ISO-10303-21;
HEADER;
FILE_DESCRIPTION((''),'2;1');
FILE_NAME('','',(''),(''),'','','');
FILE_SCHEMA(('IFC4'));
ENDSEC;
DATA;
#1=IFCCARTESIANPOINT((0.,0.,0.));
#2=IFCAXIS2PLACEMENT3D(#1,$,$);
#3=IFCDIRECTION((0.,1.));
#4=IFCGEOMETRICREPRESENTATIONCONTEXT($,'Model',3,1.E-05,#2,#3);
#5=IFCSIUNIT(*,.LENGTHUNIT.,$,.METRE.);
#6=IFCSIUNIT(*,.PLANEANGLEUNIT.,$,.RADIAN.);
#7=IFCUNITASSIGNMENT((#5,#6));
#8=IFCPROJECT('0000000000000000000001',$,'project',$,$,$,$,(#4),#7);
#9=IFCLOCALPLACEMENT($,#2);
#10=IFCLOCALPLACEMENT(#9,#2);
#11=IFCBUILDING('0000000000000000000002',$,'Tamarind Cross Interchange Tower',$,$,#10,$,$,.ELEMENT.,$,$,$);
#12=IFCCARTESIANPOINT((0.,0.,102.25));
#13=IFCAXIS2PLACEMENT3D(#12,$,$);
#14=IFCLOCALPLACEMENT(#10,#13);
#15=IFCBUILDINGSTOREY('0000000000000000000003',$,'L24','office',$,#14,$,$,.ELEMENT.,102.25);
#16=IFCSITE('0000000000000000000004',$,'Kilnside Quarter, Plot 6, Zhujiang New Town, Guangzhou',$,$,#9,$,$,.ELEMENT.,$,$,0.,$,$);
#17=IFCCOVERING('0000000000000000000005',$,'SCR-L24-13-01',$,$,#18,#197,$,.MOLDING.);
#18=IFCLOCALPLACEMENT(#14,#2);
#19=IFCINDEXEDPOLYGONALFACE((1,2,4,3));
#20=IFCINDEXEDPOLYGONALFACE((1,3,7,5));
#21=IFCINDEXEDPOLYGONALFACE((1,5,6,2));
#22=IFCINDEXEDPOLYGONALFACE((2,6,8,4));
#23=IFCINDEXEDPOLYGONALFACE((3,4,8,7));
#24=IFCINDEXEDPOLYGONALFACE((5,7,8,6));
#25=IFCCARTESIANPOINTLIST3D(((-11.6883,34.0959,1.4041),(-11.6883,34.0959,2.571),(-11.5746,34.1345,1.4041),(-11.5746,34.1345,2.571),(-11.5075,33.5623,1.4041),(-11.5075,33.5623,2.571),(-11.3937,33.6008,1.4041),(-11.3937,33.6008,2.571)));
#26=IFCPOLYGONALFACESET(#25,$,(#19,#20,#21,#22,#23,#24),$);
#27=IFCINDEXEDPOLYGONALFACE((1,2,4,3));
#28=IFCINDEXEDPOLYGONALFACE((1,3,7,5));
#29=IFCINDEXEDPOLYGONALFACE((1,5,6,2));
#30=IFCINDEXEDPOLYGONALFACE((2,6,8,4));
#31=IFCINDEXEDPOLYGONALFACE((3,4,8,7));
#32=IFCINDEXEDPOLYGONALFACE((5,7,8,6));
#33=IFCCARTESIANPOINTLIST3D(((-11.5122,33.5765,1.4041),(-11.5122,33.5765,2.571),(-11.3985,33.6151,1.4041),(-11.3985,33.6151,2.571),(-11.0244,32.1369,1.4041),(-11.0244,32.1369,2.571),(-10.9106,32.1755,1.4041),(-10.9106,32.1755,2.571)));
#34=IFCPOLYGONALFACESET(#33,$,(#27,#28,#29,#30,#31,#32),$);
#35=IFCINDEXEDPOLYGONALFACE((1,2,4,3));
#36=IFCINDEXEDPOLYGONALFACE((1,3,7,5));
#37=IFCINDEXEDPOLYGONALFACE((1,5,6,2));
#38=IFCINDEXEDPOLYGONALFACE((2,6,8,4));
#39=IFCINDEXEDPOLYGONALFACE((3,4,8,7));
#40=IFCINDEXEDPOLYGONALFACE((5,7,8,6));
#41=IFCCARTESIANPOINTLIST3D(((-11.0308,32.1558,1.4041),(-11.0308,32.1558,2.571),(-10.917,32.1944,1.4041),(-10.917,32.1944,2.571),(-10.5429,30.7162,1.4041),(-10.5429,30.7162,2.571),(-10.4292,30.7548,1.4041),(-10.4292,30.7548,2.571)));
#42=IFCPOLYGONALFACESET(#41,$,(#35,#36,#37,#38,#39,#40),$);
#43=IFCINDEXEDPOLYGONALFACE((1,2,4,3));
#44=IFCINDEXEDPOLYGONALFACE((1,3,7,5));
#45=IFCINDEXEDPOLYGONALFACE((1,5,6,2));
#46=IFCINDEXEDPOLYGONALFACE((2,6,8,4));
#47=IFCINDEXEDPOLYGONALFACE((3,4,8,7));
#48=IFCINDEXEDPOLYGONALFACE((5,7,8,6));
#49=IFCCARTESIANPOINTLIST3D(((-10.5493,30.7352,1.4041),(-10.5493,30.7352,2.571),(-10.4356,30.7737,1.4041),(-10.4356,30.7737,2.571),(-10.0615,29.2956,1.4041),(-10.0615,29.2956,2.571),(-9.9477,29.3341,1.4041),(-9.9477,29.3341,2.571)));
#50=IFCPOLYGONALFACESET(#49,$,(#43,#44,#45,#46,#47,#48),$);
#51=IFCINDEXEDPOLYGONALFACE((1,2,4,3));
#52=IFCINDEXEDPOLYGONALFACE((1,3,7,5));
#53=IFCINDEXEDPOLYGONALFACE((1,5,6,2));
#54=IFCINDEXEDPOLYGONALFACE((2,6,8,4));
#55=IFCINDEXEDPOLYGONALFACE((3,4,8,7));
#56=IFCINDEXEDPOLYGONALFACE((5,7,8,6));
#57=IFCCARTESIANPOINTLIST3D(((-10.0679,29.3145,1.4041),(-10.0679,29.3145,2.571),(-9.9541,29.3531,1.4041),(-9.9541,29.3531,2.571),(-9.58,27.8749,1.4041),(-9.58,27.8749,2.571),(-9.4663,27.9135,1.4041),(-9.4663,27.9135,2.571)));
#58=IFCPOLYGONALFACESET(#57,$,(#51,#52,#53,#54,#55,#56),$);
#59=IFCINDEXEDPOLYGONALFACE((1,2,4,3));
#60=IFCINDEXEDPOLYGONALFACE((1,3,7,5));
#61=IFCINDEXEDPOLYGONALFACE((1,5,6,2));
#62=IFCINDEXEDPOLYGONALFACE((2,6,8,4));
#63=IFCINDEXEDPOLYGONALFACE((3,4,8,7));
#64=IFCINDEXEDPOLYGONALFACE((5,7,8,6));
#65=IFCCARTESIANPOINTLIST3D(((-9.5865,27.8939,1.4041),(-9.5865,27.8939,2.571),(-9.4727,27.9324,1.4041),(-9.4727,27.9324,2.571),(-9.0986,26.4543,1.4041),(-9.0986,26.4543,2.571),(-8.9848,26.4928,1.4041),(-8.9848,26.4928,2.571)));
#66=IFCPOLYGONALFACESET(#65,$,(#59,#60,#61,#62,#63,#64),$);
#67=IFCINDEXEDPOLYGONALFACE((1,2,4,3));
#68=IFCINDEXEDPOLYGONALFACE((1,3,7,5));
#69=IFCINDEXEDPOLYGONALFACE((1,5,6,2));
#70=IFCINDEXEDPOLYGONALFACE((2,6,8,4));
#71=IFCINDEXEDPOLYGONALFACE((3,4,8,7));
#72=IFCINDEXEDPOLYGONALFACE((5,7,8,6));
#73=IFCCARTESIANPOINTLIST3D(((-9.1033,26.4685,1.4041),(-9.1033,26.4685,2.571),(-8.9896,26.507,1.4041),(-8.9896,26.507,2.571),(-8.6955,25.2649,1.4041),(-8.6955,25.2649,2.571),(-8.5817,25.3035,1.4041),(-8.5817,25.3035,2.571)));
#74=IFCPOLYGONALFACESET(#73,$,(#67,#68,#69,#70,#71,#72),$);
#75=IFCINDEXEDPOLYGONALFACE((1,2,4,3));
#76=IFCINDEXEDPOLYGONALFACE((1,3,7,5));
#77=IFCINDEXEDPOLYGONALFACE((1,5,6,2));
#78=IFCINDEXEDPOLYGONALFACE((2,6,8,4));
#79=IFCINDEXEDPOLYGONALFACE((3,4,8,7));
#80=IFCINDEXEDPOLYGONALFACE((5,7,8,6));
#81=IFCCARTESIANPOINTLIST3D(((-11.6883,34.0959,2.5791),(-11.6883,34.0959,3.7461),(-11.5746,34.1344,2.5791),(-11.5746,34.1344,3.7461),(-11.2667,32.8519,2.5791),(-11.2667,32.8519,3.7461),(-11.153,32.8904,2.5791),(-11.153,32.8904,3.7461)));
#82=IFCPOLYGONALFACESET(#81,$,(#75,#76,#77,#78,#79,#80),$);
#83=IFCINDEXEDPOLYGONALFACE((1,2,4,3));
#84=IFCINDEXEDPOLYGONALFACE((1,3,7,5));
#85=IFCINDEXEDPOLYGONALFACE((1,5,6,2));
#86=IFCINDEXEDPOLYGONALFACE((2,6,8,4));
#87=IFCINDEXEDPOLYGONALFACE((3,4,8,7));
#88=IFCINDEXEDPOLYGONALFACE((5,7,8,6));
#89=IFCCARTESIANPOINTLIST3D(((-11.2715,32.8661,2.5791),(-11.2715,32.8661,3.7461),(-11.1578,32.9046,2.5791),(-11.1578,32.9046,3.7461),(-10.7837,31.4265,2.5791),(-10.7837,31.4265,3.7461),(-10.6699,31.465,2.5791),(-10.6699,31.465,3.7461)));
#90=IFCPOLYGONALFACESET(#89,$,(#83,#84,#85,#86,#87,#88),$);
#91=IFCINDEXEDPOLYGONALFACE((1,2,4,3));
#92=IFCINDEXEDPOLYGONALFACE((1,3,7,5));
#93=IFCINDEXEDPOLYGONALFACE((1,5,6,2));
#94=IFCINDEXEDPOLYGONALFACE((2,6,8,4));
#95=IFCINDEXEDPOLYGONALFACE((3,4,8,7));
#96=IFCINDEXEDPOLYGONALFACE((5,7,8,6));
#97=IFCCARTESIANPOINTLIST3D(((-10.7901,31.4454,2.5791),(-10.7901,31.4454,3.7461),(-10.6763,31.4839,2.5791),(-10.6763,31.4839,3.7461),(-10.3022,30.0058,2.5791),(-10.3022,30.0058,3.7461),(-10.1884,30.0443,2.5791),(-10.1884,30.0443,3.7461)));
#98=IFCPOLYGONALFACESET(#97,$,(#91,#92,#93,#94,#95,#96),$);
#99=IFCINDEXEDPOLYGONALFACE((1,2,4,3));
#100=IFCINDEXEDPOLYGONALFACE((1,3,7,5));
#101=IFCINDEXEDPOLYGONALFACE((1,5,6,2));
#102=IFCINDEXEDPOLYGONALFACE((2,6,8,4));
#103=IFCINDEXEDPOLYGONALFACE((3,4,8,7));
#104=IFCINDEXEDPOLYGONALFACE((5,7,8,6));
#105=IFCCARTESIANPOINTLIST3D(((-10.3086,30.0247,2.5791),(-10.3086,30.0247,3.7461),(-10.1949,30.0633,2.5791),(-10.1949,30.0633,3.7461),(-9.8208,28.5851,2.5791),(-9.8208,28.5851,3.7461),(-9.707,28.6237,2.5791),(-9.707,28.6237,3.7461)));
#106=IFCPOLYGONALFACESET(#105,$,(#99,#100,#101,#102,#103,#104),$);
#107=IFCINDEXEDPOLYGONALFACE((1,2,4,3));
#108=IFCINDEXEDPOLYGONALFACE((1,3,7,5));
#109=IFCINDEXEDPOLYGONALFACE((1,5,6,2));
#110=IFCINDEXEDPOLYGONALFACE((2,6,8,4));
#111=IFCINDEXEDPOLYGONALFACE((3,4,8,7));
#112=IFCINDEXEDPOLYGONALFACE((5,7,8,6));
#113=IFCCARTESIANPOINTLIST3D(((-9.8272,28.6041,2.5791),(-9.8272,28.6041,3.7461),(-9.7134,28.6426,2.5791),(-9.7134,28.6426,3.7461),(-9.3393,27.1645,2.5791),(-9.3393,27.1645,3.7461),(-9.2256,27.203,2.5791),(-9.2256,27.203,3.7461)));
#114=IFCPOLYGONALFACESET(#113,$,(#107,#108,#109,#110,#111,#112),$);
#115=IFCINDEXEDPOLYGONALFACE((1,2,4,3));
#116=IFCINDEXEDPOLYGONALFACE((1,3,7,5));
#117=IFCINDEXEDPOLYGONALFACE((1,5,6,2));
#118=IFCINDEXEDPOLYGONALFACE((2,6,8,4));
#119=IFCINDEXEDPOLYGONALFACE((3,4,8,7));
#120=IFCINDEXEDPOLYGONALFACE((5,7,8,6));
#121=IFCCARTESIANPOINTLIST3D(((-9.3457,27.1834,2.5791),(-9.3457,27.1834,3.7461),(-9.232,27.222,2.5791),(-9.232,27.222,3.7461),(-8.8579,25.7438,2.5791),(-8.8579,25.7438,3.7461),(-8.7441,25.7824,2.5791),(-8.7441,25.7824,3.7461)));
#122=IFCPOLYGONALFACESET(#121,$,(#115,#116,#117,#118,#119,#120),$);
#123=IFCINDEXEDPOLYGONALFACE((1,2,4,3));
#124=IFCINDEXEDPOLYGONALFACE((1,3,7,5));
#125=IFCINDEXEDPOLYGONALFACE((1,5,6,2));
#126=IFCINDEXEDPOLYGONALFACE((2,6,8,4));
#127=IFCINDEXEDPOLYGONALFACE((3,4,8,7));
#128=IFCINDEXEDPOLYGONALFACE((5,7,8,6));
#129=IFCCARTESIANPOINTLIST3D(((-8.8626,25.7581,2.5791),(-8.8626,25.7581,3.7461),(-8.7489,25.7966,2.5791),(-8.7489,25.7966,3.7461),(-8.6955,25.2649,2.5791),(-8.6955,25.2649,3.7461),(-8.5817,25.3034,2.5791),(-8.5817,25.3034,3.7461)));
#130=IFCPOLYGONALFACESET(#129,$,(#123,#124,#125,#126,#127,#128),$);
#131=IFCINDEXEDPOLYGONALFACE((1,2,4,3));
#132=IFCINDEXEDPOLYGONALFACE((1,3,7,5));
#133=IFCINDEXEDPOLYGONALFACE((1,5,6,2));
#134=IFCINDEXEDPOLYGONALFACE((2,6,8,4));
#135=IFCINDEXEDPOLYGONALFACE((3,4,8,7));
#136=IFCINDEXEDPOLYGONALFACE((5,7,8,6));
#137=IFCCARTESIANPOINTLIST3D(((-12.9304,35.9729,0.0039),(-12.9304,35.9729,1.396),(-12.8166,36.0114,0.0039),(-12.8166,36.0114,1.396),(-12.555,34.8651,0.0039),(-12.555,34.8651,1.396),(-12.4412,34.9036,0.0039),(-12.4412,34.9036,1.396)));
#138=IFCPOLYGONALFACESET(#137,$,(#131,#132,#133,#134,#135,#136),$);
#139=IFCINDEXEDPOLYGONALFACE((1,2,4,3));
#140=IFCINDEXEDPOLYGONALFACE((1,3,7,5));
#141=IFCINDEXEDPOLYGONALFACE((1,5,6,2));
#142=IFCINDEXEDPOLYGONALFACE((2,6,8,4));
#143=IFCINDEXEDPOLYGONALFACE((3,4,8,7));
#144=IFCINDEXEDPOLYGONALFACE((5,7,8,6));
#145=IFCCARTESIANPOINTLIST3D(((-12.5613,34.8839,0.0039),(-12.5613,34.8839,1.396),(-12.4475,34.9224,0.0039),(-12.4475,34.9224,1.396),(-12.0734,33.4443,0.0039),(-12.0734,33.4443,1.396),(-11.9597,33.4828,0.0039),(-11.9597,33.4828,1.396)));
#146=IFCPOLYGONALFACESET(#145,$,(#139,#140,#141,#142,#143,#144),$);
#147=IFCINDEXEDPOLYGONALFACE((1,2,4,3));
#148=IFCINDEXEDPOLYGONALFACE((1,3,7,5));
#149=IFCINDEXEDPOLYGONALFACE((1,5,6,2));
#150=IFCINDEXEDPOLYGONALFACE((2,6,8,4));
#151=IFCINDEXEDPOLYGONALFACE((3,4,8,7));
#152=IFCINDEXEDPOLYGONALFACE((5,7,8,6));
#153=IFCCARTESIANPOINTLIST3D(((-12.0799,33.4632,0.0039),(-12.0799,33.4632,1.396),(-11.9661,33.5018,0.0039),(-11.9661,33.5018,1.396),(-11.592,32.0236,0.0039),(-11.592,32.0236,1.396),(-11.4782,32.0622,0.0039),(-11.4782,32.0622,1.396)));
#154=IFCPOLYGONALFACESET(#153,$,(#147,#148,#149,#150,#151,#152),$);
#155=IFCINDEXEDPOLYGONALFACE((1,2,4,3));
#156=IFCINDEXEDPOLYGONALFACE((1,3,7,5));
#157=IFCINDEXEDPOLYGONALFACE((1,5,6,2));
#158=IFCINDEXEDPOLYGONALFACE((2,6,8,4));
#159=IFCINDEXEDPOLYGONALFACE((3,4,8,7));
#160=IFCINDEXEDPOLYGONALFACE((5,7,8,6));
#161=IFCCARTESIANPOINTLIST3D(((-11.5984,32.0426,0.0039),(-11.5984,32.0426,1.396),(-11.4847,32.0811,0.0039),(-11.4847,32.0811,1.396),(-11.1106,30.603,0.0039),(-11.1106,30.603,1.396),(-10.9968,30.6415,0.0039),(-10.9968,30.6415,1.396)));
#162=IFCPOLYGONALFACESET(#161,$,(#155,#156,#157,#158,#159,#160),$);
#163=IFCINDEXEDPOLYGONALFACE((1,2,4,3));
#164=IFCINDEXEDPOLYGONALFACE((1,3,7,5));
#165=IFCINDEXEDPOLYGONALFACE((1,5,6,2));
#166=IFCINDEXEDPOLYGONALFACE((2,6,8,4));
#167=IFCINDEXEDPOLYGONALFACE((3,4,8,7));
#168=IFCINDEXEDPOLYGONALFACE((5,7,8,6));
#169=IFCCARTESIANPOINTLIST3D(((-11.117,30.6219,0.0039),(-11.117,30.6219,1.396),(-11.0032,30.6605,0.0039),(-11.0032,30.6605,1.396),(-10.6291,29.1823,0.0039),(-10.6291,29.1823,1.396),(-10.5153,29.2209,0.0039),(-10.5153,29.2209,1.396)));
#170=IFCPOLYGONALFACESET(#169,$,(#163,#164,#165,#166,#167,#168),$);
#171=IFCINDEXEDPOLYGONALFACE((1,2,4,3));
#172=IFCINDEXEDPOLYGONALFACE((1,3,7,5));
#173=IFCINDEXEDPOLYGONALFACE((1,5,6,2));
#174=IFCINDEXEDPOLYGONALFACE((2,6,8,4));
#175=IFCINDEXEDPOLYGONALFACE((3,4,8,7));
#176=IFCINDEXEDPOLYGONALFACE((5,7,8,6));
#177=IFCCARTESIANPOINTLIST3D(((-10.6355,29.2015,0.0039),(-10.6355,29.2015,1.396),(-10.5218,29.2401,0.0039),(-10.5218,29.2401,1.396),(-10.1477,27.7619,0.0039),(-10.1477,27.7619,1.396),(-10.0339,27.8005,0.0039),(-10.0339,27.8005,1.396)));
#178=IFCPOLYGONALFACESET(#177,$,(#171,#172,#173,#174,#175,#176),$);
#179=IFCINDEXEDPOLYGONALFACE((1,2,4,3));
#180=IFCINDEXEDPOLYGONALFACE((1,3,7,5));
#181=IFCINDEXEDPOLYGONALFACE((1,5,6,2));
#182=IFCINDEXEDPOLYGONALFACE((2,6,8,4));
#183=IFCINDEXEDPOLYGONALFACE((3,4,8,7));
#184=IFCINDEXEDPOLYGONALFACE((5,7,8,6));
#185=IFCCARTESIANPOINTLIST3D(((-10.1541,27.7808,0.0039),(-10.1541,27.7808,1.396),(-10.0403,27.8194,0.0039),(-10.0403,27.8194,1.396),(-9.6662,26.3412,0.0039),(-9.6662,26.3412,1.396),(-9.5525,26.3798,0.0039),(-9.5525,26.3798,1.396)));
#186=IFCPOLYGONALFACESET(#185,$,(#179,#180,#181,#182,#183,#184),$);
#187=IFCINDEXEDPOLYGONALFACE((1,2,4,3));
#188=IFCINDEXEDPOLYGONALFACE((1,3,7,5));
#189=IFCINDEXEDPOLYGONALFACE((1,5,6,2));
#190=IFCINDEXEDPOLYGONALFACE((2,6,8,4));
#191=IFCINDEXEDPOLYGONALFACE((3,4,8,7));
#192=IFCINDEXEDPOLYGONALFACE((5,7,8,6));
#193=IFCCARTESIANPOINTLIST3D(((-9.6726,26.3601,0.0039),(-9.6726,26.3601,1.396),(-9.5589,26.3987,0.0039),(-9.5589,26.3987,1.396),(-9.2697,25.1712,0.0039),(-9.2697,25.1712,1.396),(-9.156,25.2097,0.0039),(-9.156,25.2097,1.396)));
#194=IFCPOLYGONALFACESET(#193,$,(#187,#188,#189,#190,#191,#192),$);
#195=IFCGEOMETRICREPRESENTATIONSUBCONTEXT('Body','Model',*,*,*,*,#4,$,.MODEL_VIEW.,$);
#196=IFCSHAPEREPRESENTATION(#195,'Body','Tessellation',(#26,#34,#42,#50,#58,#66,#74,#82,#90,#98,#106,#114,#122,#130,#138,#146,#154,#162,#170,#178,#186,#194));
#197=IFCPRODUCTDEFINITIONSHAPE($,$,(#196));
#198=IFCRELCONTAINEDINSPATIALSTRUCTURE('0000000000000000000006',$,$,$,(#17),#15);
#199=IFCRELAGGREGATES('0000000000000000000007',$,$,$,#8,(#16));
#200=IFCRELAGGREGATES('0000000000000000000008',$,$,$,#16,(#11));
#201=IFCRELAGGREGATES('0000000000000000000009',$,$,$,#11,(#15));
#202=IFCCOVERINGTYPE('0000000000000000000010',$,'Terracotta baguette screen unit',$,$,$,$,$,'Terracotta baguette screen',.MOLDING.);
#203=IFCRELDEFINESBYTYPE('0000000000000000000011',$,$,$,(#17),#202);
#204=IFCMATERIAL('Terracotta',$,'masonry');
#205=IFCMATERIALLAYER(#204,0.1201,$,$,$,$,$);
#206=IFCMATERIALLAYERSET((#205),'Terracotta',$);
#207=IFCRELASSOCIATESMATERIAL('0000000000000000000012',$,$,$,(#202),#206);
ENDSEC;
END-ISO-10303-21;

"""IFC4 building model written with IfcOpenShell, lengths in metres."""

from ifc_helpers import new_model, si_unit, direction, frame, origin, origin_2d, place, context, subcontext, project, spatial, rectangle, extrude, material, layer, layer_set, type_object, element, save


model = new_model("IFC4")

# Units and contexts
model_context = context("Model", 3, precision=1e-05, world=origin(), true_north=direction((0.0, 1.0)))
body_context = subcontext(model_context, "Body", "Model", "MODEL_VIEW")
ifc_project = project(units=[si_unit("LENGTHUNIT", "METRE"), si_unit("PLANEANGLEUNIT", "RADIAN")], contexts=[model_context])

# Site, building, storey
site_placement = place(None, origin())
site = spatial("IfcSite", under=ifc_project, at=site_placement, Name="Kilnside Quarter, Plot 6, Zhujiang New Town, Guangzhou", CompositionType="ELEMENT", RefElevation=0.0)
building_placement = place(site_placement, origin())
building = spatial("IfcBuilding", under=site, at=building_placement, Name="Tamarind Cross Interchange Tower", CompositionType="ELEMENT")
storey_placement = place(building_placement, frame((0.0, 0.0, 102.25)))
storey = spatial("IfcBuildingStorey", under=building, at=storey_placement, Name="L24", Description="office", CompositionType="ELEMENT", Elevation=102.25)

# Covering
ifc_material_1 = material(Name="Terracotta", Category="masonry")
ifc_layer_1 = layer(ifc_material_1, 0.1201)
ifc_layer_set_1 = layer_set([ifc_layer_1], Name="Terracotta")
covering_type = type_object("IfcCoveringType", Name="Terracotta baguette screen unit", ElementType="Terracotta baguette screen", PredefinedType="MOLDING", material=ifc_layer_set_1)
covering_1_placement = place(storey_placement, origin())
element("IfcCovering", 1, at=covering_1_placement, inside=storey, type_object=covering_type, Name="SCR-L24-13-01", PredefinedType="MOLDING", context=body_context, shape_type="SweptSolid", body=[
    extrude(rectangle(XDim=0.5635, YDim=0.1201, at=origin_2d()), frame((-11.541, 33.8484, 1.4041), z_axis=(0.0, 0.0, 1.0), x_axis=(0.320959, -0.947093, 0.0)), (0.0, 0.0, 1.0), 1.167),
    extrude(rectangle(XDim=1.52, YDim=0.1201, at=origin_2d()), frame((-11.2114, 32.876, 1.4041), z_axis=(0.0, 0.0, 1.0), x_axis=(0.320959, -0.947093, 0.0)), (0.0, 0.0, 1.0), 1.167),
    extrude(rectangle(XDim=1.52, YDim=0.1201, at=origin_2d()), frame((-10.73, 31.4553, 1.4041), z_axis=(0.0, 0.0, 1.0), x_axis=(0.320959, -0.947093, 0.0)), (0.0, 0.0, 1.0), 1.167),
    extrude(rectangle(XDim=1.52, YDim=0.1201, at=origin_2d()), frame((-10.2485, 30.0347, 1.4041), z_axis=(0.0, 0.0, 1.0), x_axis=(0.320959, -0.947093, 0.0)), (0.0, 0.0, 1.0), 1.167),
    extrude(rectangle(XDim=1.52, YDim=0.1201, at=origin_2d()), frame((-9.7671, 28.614, 1.4041), z_axis=(0.0, 0.0, 1.0), x_axis=(0.320959, -0.947093, 0.0)), (0.0, 0.0, 1.0), 1.167),
    extrude(rectangle(XDim=1.52, YDim=0.1201, at=origin_2d()), frame((-9.2856, 27.1934, 1.4041), z_axis=(0.0, 0.0, 1.0), x_axis=(0.320959, -0.947093, 0.0)), (0.0, 0.0, 1.0), 1.167),
    extrude(rectangle(XDim=1.2708, YDim=0.1201, at=origin_2d()), frame((-8.8425, 25.886, 1.4041), z_axis=(0.0, 0.0, 1.0), x_axis=(0.320959, -0.947093, 0.0)), (0.0, 0.0, 1.0), 1.167),
    extrude(rectangle(XDim=1.3135, YDim=0.1201, at=origin_2d()), frame((-11.4207, 33.4932, 2.5791), z_axis=(0.0, 0.0, 1.0), x_axis=(0.320959, -0.947093, 0.0)), (0.0, 0.0, 1.0), 1.167),
    extrude(rectangle(XDim=1.52, YDim=0.1201, at=origin_2d()), frame((-10.9707, 32.1655, 2.5791), z_axis=(0.0, 0.0, 1.0), x_axis=(0.320959, -0.947093, 0.0)), (0.0, 0.0, 1.0), 1.167),
    extrude(rectangle(XDim=1.52, YDim=0.1201, at=origin_2d()), frame((-10.4893, 30.7449, 2.5791), z_axis=(0.0, 0.0, 1.0), x_axis=(0.320959, -0.947093, 0.0)), (0.0, 0.0, 1.0), 1.167),
    extrude(rectangle(XDim=1.52, YDim=0.1201, at=origin_2d()), frame((-10.0078, 29.3242, 2.5791), z_axis=(0.0, 0.0, 1.0), x_axis=(0.320959, -0.947093, 0.0)), (0.0, 0.0, 1.0), 1.167),
    extrude(rectangle(XDim=1.52, YDim=0.1201, at=origin_2d()), frame((-9.5264, 27.9036, 2.5791), z_axis=(0.0, 0.0, 1.0), x_axis=(0.320959, -0.947093, 0.0)), (0.0, 0.0, 1.0), 1.167),
    extrude(rectangle(XDim=1.52, YDim=0.1201, at=origin_2d()), frame((-9.0449, 26.4829, 2.5791), z_axis=(0.0, 0.0, 1.0), x_axis=(0.320959, -0.947093, 0.0)), (0.0, 0.0, 1.0), 1.167),
    extrude(rectangle(XDim=0.5208, YDim=0.1201, at=origin_2d()), frame((-8.7222, 25.5308, 2.5791), z_axis=(0.0, 0.0, 1.0), x_axis=(0.320959, -0.947093, 0.0)), (0.0, 0.0, 1.0), 1.167),
    extrude(rectangle(XDim=1.1697, YDim=0.1201, at=origin_2d()), frame((-12.6858, 35.4382, 0.0039), z_axis=(0.0, 0.0, 1.0), x_axis=(0.320959, -0.947093, 0.0)), (0.0, 0.0, 1.0), 1.3921),
    extrude(rectangle(XDim=1.52, YDim=0.1201, at=origin_2d()), frame((-12.2605, 34.1833, 0.0039), z_axis=(0.0, 0.0, 1.0), x_axis=(0.320959, -0.947093, 0.0)), (0.0, 0.0, 1.0), 1.3921),
    extrude(rectangle(XDim=1.52, YDim=0.1201, at=origin_2d()), frame((-11.7791, 32.7627, 0.0039), z_axis=(0.0, 0.0, 1.0), x_axis=(0.320959, -0.947093, 0.0)), (0.0, 0.0, 1.0), 1.3921),
    extrude(rectangle(XDim=1.52, YDim=0.1201, at=origin_2d()), frame((-11.2976, 31.342, 0.0039), z_axis=(0.0, 0.0, 1.0), x_axis=(0.320959, -0.947093, 0.0)), (0.0, 0.0, 1.0), 1.3921),
    extrude(rectangle(XDim=1.52, YDim=0.1201, at=origin_2d()), frame((-10.8162, 29.9214, 0.0039), z_axis=(0.0, 0.0, 1.0), x_axis=(0.320959, -0.947093, 0.0)), (0.0, 0.0, 1.0), 1.3921),
    extrude(rectangle(XDim=1.52, YDim=0.1201, at=origin_2d()), frame((-10.3347, 28.501, 0.0039), z_axis=(0.0, 0.0, 1.0), x_axis=(0.320959, -0.947093, 0.0)), (0.0, 0.0, 1.0), 1.3921),
    extrude(rectangle(XDim=1.52, YDim=0.1201, at=origin_2d()), frame((-9.8533, 27.0803, 0.0039), z_axis=(0.0, 0.0, 1.0), x_axis=(0.320959, -0.947093, 0.0)), (0.0, 0.0, 1.0), 1.3921),
    extrude(rectangle(XDim=1.2554, YDim=0.1201, at=origin_2d()), frame((-9.4143, 25.7849, 0.0039), z_axis=(0.0, 0.0, 1.0), x_axis=(0.320959, -0.947093, 0.0)), (0.0, 0.0, 1.0), 1.3921),
])

save(model, "model.ifc")
